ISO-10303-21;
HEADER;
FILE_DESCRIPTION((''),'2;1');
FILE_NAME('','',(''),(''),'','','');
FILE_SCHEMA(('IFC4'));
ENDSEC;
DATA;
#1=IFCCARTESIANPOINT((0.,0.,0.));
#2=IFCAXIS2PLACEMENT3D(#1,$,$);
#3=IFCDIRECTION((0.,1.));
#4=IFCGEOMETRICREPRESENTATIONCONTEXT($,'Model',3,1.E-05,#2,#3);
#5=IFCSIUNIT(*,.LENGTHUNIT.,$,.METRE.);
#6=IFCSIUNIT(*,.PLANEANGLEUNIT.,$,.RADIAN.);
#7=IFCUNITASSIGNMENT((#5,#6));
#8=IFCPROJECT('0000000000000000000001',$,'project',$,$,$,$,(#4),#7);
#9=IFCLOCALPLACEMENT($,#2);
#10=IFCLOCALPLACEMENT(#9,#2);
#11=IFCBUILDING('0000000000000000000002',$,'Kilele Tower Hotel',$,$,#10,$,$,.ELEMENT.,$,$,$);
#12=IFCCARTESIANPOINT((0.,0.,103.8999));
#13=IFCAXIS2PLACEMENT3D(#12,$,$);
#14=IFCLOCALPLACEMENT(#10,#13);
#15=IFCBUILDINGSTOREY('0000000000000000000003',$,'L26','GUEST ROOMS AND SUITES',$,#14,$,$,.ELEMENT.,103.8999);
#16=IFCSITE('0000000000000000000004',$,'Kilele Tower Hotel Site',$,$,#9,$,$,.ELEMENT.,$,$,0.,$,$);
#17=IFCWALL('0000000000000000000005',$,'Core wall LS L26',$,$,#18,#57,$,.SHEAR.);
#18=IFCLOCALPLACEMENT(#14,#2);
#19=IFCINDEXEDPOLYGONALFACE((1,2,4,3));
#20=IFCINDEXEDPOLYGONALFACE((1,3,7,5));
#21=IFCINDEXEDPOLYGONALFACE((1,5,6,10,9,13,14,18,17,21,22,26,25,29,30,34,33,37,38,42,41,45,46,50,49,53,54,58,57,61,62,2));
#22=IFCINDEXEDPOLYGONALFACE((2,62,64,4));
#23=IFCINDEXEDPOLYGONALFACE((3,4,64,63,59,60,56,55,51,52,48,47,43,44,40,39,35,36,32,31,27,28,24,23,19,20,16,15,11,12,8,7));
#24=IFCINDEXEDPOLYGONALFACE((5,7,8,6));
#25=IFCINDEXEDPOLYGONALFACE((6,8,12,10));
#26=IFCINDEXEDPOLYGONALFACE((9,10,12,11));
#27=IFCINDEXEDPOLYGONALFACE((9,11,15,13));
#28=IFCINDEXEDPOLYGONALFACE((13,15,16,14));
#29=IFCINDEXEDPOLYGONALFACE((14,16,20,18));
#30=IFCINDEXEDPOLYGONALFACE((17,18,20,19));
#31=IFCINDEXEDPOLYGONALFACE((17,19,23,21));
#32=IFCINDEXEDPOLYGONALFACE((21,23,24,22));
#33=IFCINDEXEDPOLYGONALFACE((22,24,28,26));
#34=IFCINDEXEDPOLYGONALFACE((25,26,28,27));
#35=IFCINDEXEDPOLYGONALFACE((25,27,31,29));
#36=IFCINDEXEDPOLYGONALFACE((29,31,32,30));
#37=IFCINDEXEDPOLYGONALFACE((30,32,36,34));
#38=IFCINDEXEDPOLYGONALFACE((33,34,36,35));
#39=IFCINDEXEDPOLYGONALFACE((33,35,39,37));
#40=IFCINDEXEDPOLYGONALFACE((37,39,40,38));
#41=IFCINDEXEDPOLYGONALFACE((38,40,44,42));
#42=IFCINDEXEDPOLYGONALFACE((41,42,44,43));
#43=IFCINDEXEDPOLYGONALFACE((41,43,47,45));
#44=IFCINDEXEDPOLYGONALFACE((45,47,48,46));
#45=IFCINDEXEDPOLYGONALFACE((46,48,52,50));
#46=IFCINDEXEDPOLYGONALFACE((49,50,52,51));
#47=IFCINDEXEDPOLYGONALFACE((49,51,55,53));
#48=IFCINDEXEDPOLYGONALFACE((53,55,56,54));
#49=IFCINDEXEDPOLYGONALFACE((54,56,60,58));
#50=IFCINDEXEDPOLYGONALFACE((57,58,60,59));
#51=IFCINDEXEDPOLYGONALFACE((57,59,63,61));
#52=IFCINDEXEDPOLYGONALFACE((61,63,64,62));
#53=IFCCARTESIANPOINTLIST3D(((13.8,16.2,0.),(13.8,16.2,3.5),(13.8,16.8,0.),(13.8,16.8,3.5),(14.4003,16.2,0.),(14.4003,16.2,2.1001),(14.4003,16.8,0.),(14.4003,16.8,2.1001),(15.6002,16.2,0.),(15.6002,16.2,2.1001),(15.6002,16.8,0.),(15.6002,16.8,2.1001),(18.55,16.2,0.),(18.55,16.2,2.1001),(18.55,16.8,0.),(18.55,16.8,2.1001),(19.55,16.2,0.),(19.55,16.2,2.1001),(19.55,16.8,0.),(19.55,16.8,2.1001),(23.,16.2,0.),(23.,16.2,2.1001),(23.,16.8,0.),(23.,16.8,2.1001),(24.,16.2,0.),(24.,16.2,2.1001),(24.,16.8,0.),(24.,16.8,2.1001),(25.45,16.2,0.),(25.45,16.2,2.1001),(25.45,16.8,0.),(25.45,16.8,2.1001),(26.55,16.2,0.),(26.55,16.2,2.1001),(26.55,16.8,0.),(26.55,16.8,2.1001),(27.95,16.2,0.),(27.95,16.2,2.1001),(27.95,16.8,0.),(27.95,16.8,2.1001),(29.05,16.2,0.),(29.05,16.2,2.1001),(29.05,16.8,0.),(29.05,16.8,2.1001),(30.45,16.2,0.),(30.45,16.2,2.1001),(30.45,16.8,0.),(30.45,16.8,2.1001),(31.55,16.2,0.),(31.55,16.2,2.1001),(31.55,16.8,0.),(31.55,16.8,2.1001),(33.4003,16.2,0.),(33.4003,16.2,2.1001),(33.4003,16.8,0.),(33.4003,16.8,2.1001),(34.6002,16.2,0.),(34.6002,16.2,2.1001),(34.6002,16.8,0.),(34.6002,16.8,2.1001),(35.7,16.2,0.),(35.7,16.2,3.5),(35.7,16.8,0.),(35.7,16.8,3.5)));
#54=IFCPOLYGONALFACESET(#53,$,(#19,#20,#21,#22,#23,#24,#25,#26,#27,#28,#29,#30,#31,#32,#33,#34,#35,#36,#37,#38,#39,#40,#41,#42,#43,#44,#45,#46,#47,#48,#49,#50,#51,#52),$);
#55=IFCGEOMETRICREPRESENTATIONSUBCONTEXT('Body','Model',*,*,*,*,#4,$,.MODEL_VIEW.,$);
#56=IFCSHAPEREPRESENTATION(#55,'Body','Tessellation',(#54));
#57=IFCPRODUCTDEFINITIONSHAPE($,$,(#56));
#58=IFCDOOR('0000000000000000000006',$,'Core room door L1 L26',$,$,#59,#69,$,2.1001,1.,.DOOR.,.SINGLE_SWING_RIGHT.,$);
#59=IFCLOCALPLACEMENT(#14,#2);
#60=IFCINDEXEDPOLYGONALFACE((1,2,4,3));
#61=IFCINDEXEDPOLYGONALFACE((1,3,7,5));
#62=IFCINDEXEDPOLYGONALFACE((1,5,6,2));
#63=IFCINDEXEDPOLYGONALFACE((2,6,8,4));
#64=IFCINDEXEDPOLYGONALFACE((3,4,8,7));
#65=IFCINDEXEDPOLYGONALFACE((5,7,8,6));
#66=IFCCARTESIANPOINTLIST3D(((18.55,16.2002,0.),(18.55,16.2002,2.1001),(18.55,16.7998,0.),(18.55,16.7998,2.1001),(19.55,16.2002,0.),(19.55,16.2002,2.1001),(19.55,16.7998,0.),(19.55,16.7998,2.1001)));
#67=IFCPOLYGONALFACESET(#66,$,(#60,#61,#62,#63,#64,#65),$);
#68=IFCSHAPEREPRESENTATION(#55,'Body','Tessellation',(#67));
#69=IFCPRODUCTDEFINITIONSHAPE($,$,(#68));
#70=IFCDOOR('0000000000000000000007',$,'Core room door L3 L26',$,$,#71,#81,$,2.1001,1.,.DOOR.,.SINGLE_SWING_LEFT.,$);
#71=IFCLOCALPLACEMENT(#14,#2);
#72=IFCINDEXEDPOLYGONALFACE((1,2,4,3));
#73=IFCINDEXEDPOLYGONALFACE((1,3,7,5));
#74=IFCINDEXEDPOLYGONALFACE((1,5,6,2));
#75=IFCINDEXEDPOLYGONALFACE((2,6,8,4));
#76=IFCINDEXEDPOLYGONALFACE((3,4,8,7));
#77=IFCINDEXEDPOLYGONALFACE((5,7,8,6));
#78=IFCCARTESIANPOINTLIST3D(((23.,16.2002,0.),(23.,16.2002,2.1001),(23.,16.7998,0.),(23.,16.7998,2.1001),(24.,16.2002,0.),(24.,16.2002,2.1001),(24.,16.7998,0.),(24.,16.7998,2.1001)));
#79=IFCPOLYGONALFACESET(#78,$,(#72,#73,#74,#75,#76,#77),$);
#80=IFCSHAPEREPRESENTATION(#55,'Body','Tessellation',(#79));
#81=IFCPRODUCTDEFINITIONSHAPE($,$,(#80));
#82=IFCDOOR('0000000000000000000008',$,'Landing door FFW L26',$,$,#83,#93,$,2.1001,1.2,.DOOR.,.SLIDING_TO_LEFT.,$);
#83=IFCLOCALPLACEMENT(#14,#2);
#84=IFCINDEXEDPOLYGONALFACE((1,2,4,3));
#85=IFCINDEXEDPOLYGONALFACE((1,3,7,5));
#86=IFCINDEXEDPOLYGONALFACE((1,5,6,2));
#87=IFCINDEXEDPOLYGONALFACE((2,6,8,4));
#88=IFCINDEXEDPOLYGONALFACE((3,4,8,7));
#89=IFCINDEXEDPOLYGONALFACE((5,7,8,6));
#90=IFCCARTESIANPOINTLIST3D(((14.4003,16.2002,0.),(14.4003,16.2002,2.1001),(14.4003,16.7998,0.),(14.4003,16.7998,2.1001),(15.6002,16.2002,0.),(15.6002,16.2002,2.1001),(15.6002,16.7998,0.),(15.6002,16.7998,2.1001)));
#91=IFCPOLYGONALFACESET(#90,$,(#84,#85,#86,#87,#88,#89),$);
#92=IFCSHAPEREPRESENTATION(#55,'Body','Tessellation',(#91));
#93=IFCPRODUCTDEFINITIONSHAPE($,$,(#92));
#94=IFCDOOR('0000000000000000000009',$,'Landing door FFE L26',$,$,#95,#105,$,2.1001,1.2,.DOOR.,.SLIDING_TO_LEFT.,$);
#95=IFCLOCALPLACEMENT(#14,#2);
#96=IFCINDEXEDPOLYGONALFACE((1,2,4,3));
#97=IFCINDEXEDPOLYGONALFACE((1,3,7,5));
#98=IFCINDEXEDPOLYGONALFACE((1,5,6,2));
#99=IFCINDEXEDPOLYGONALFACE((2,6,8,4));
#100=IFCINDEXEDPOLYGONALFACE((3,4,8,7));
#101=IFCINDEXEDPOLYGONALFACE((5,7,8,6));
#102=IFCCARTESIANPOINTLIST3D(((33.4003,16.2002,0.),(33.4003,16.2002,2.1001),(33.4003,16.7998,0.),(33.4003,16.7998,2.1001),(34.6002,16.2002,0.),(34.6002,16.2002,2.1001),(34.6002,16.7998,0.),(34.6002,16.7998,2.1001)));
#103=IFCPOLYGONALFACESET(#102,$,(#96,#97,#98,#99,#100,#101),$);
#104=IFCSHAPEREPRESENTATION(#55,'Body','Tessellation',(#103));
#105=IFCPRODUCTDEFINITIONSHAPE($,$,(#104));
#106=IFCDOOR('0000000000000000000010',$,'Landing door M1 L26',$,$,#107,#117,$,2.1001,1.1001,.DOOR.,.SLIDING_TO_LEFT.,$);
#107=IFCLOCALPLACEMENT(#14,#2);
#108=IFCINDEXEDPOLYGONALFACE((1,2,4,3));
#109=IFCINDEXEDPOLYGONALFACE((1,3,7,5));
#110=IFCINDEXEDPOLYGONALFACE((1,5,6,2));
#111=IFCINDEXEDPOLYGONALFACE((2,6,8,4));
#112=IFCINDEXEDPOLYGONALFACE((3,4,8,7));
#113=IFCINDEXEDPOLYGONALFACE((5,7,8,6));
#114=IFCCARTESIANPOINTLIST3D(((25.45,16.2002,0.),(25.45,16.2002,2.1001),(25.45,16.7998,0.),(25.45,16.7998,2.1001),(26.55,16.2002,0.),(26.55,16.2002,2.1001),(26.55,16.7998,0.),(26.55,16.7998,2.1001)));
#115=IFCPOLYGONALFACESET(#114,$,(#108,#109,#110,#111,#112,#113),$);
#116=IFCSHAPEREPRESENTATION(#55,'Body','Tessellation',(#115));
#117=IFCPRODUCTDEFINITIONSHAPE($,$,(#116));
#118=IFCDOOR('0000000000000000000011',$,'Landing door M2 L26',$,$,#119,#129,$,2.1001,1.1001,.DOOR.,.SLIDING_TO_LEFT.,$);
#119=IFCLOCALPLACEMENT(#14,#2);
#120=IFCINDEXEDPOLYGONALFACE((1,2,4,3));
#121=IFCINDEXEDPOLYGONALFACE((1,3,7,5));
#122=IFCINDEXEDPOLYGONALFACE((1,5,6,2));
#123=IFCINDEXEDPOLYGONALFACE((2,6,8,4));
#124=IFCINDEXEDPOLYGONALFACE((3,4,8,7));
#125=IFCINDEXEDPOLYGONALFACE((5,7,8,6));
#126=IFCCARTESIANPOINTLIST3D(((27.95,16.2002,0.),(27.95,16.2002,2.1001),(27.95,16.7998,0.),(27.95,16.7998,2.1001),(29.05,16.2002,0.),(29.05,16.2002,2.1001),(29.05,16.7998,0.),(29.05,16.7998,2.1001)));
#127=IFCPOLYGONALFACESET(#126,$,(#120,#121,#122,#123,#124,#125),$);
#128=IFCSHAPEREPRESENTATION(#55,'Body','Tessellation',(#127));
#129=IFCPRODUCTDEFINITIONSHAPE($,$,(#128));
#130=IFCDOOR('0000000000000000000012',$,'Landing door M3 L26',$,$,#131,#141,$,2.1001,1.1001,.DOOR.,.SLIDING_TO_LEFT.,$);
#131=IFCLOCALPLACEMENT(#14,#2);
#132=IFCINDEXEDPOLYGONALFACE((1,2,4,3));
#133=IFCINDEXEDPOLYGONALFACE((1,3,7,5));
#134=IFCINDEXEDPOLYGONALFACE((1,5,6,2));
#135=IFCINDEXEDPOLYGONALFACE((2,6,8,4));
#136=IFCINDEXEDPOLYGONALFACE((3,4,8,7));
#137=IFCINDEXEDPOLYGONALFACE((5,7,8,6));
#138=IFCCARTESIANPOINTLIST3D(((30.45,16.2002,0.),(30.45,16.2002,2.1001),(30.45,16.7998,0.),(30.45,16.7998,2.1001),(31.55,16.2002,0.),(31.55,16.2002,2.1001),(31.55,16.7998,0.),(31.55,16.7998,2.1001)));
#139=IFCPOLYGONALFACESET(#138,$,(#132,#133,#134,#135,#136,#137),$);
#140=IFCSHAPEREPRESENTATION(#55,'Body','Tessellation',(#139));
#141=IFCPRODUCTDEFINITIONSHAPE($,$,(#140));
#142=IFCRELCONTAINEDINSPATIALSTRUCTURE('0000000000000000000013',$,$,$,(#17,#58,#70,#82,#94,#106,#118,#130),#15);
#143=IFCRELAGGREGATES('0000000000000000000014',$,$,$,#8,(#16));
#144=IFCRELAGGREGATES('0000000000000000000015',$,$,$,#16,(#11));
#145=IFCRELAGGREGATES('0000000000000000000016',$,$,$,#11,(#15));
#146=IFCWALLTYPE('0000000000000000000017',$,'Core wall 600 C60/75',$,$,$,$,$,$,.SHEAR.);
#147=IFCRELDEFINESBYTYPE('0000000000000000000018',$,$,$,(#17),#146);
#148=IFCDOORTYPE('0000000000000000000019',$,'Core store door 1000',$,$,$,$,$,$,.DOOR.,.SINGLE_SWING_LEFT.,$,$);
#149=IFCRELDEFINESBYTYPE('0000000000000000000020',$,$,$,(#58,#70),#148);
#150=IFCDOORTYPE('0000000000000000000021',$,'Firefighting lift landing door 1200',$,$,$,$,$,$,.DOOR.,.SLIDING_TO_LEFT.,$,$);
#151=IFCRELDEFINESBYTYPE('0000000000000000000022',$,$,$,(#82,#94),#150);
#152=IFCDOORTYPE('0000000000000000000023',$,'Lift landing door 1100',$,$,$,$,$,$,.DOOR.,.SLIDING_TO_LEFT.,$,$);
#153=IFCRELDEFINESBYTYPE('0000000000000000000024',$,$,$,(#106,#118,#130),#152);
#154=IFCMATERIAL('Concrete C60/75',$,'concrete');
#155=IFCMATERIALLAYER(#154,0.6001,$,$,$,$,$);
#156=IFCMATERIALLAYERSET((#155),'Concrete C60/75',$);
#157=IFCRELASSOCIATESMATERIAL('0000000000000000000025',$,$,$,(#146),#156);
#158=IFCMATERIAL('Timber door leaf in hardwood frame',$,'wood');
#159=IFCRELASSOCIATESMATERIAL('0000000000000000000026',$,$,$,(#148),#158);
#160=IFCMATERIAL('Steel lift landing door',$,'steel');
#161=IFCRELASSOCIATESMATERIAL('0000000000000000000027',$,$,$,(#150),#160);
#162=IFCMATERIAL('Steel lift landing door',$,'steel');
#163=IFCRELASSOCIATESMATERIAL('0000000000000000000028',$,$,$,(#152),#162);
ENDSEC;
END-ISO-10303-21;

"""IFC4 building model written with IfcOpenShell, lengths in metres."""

from ifc_helpers import new_model, si_unit, direction, frame, frame_2d, origin, place, context, subcontext, project, spatial, rectangle, extrude, material, layer, layer_set, type_object, element, fill, save


model = new_model("IFC4")

# Units and contexts
model_context = context("Model", 3, precision=1e-05, world=origin(), true_north=direction((0.0, 1.0)))
body_context = subcontext(model_context, "Body", "Model", "MODEL_VIEW")
ifc_project = project(units=[si_unit("LENGTHUNIT", "METRE"), si_unit("PLANEANGLEUNIT", "RADIAN")], contexts=[model_context])

# Site, building, storey
site_placement = place(None, origin())
site = spatial("IfcSite", under=ifc_project, at=site_placement, Name="Kilele Tower Hotel Site", CompositionType="ELEMENT", RefElevation=0.0)
building_placement = place(site_placement, origin())
building = spatial("IfcBuilding", under=site, at=building_placement, Name="Kilele Tower Hotel", CompositionType="ELEMENT")
storey_placement = place(building_placement, frame((0.0, 0.0, 103.8999)))
storey = spatial("IfcBuildingStorey", under=building, at=storey_placement, Name="L26", Description="GUEST ROOMS AND SUITES", CompositionType="ELEMENT", Elevation=103.8999)

# Shared definitions
ifc_material_1 = material(Name="Concrete C60/75", Category="concrete")
ifc_layer_1 = layer(ifc_material_1, 0.6001)
ifc_layer_set_1 = layer_set([ifc_layer_1], Name="Concrete C60/75")
wall_type_1 = type_object("IfcWallType", Name="Core wall 600 C60/75", PredefinedType="SHEAR", material=ifc_layer_set_1)

# Wall, openings, doors
wall_1_placement = place(storey_placement, frame((13.8, 16.5, 0.0), z_axis=(0.0, 0.0, 1.0), x_axis=(1.0, 0.0, 0.0)))
wall_1 = element("IfcWall", 1, at=wall_1_placement, inside=storey, type_object=wall_type_1, Name="Core wall LS L26", PredefinedType="SHEAR", context=body_context, shape_type="SweptSolid", body=[
    extrude(rectangle(XDim=21.8999, YDim=0.6001, at=frame_2d((10.95, 0.0))), origin(), (0.0, 0.0, 1.0), 3.5),
])
opening_1_placement = place(wall_1_placement, frame((11.6499, 0.0, 0.0)))
opening_1 = element("IfcOpeningElement", 2, at=opening_1_placement, cuts=wall_1, PredefinedType="OPENING", context=body_context, shape_type="SweptSolid", body=[
    extrude(rectangle(XDim=1.1001, YDim=2.1001, at=frame_2d((0.55, 1.05))), frame((0.0, 0.3101, 0.0), z_axis=(0.0, -1.0, 0.0), x_axis=(1.0, 0.0, 0.0)), (0.0, 0.0, 1.0), 0.6201),
])
opening_2_placement = place(wall_1_placement, frame((14.1499, 0.0, 0.0)))
opening_2 = element("IfcOpeningElement", 3, at=opening_2_placement, cuts=wall_1, PredefinedType="OPENING", context=body_context, shape_type="SweptSolid", body=[
    extrude(rectangle(XDim=1.1001, YDim=2.1001, at=frame_2d((0.55, 1.05))), frame((0.0, 0.3101, 0.0), z_axis=(0.0, -1.0, 0.0), x_axis=(1.0, 0.0, 0.0)), (0.0, 0.0, 1.0), 0.6201),
])
opening_3_placement = place(wall_1_placement, frame((16.6499, 0.0, 0.0)))
opening_3 = element("IfcOpeningElement", 4, at=opening_3_placement, cuts=wall_1, PredefinedType="OPENING", context=body_context, shape_type="SweptSolid", body=[
    extrude(rectangle(XDim=1.1001, YDim=2.1001, at=frame_2d((0.55, 1.05))), frame((0.0, 0.3101, 0.0), z_axis=(0.0, -1.0, 0.0), x_axis=(1.0, 0.0, 0.0)), (0.0, 0.0, 1.0), 0.6201),
])
opening_4_placement = place(wall_1_placement, frame((5.75, 0.0, 0.0), z_axis=(0.0, 0.0, 1.0), x_axis=(-1.0, 0.0, 0.0)))
opening_4 = element("IfcOpeningElement", 5, at=opening_4_placement, cuts=wall_1, PredefinedType="OPENING", context=body_context, shape_type="SweptSolid", body=[
    extrude(rectangle(XDim=1.0, YDim=2.1001, at=frame_2d((0.5, 1.05))), frame((0.0, 0.3101, 0.0), z_axis=(0.0, -1.0, 0.0), x_axis=(1.0, 0.0, 0.0)), (0.0, 0.0, 1.0), 0.6201),
])
opening_5_placement = place(wall_1_placement, frame((10.2, 0.0, 0.0), z_axis=(0.0, 0.0, 1.0), x_axis=(-1.0, 0.0, 0.0)))
opening_5 = element("IfcOpeningElement", 6, at=opening_5_placement, cuts=wall_1, PredefinedType="OPENING", context=body_context, shape_type="SweptSolid", body=[
    extrude(rectangle(XDim=1.0, YDim=2.1001, at=frame_2d((0.5, 1.05))), frame((0.0, 0.3101, 0.0), z_axis=(0.0, -1.0, 0.0), x_axis=(1.0, 0.0, 0.0)), (0.0, 0.0, 1.0), 0.6201),
])
opening_6_placement = place(wall_1_placement, frame((0.6001, 0.0, 0.0)))
opening_6 = element("IfcOpeningElement", 7, at=opening_6_placement, cuts=wall_1, PredefinedType="OPENING", context=body_context, shape_type="SweptSolid", body=[
    extrude(rectangle(XDim=1.2, YDim=2.1001, at=frame_2d((0.6001, 1.05))), frame((0.0, 0.3101, 0.0), z_axis=(0.0, -1.0, 0.0), x_axis=(1.0, 0.0, 0.0)), (0.0, 0.0, 1.0), 0.6201),
])
opening_7_placement = place(wall_1_placement, frame((19.6001, 0.0, 0.0)))
opening_7 = element("IfcOpeningElement", 8, at=opening_7_placement, cuts=wall_1, PredefinedType="OPENING", context=body_context, shape_type="SweptSolid", body=[
    extrude(rectangle(XDim=1.2, YDim=2.1001, at=frame_2d((0.6001, 1.05))), frame((0.0, 0.3101, 0.0), z_axis=(0.0, -1.0, 0.0), x_axis=(1.0, 0.0, 0.0)), (0.0, 0.0, 1.0), 0.6201),
])
ifc_material_2 = material(Name="Timber door leaf in hardwood frame", Category="wood")
door_type_1 = type_object("IfcDoorType", Name="Core store door 1000", OperationType="SINGLE_SWING_LEFT", PredefinedType="DOOR", material=ifc_material_2)
door_1_placement = place(opening_4_placement, origin())
door_1 = element("IfcDoor", 9, at=door_1_placement, inside=storey, type_object=door_type_1, Name="Core room door L1 L26", OperationType="SINGLE_SWING_RIGHT", OverallHeight=2.1001, OverallWidth=1.0, PredefinedType="DOOR", context=body_context, shape_type="SweptSolid", body=[
    extrude(rectangle(XDim=1.0, YDim=2.1001, at=frame_2d((0.5, 1.05))), frame((0.0, 0.2998, 0.0), z_axis=(0.0, -1.0, 0.0), x_axis=(1.0, 0.0, 0.0)), (0.0, 0.0, 1.0), 0.5996),
])
fill(opening_4, door_1)
door_2_placement = place(opening_5_placement, origin())
door_2 = element("IfcDoor", 10, at=door_2_placement, inside=storey, type_object=door_type_1, Name="Core room door L3 L26", OperationType="SINGLE_SWING_LEFT", OverallHeight=2.1001, OverallWidth=1.0, PredefinedType="DOOR", context=body_context, shape_type="SweptSolid", body=[
    extrude(rectangle(XDim=1.0, YDim=2.1001, at=frame_2d((0.5, 1.05))), frame((0.0, 0.2998, 0.0), z_axis=(0.0, -1.0, 0.0), x_axis=(1.0, 0.0, 0.0)), (0.0, 0.0, 1.0), 0.5996),
])
fill(opening_5, door_2)
ifc_material_3 = material(Name="Steel lift landing door", Category="steel")
door_type_2 = type_object("IfcDoorType", Name="Firefighting lift landing door 1200", OperationType="SLIDING_TO_LEFT", PredefinedType="DOOR", material=ifc_material_3)
door_3_placement = place(opening_6_placement, origin())
door_3 = element("IfcDoor", 11, at=door_3_placement, inside=storey, type_object=door_type_2, Name="Landing door FFW L26", OperationType="SLIDING_TO_LEFT", OverallHeight=2.1001, OverallWidth=1.2, PredefinedType="DOOR", context=body_context, shape_type="SweptSolid", body=[
    extrude(rectangle(XDim=1.2, YDim=2.1001, at=frame_2d((0.6001, 1.05))), frame((0.0, 0.2998, 0.0), z_axis=(0.0, -1.0, 0.0), x_axis=(1.0, 0.0, 0.0)), (0.0, 0.0, 1.0), 0.5996),
])
fill(opening_6, door_3)
door_4_placement = place(opening_7_placement, origin())
door_4 = element("IfcDoor", 12, at=door_4_placement, inside=storey, type_object=door_type_2, Name="Landing door FFE L26", OperationType="SLIDING_TO_LEFT", OverallHeight=2.1001, OverallWidth=1.2, PredefinedType="DOOR", context=body_context, shape_type="SweptSolid", body=[
    extrude(rectangle(XDim=1.2, YDim=2.1001, at=frame_2d((0.6001, 1.05))), frame((0.0, 0.2998, 0.0), z_axis=(0.0, -1.0, 0.0), x_axis=(1.0, 0.0, 0.0)), (0.0, 0.0, 1.0), 0.5996),
])
fill(opening_7, door_4)
ifc_material_4 = material(Name="Steel lift landing door", Category="steel")
door_type_3 = type_object("IfcDoorType", Name="Lift landing door 1100", OperationType="SLIDING_TO_LEFT", PredefinedType="DOOR", material=ifc_material_4)
door_5_placement = place(opening_1_placement, origin())
door_5 = element("IfcDoor", 13, at=door_5_placement, inside=storey, type_object=door_type_3, Name="Landing door M1 L26", OperationType="SLIDING_TO_LEFT", OverallHeight=2.1001, OverallWidth=1.1001, PredefinedType="DOOR", context=body_context, shape_type="SweptSolid", body=[
    extrude(rectangle(XDim=1.1001, YDim=2.1001, at=frame_2d((0.55, 1.05))), frame((0.0, 0.2998, 0.0), z_axis=(0.0, -1.0, 0.0), x_axis=(1.0, 0.0, 0.0)), (0.0, 0.0, 1.0), 0.5996),
])
fill(opening_1, door_5)
door_6_placement = place(opening_2_placement, origin())
door_6 = element("IfcDoor", 14, at=door_6_placement, inside=storey, type_object=door_type_3, Name="Landing door M2 L26", OperationType="SLIDING_TO_LEFT", OverallHeight=2.1001, OverallWidth=1.1001, PredefinedType="DOOR", context=body_context, shape_type="SweptSolid", body=[
    extrude(rectangle(XDim=1.1001, YDim=2.1001, at=frame_2d((0.55, 1.05))), frame((0.0, 0.2998, 0.0), z_axis=(0.0, -1.0, 0.0), x_axis=(1.0, 0.0, 0.0)), (0.0, 0.0, 1.0), 0.5996),
])
fill(opening_2, door_6)
door_7_placement = place(opening_3_placement, origin())
door_7 = element("IfcDoor", 15, at=door_7_placement, inside=storey, type_object=door_type_3, Name="Landing door M3 L26", OperationType="SLIDING_TO_LEFT", OverallHeight=2.1001, OverallWidth=1.1001, PredefinedType="DOOR", context=body_context, shape_type="SweptSolid", body=[
    extrude(rectangle(XDim=1.1001, YDim=2.1001, at=frame_2d((0.55, 1.05))), frame((0.0, 0.2998, 0.0), z_axis=(0.0, -1.0, 0.0), x_axis=(1.0, 0.0, 0.0)), (0.0, 0.0, 1.0), 0.5996),
])
fill(opening_3, door_7)

save(model, "model.ifc")
